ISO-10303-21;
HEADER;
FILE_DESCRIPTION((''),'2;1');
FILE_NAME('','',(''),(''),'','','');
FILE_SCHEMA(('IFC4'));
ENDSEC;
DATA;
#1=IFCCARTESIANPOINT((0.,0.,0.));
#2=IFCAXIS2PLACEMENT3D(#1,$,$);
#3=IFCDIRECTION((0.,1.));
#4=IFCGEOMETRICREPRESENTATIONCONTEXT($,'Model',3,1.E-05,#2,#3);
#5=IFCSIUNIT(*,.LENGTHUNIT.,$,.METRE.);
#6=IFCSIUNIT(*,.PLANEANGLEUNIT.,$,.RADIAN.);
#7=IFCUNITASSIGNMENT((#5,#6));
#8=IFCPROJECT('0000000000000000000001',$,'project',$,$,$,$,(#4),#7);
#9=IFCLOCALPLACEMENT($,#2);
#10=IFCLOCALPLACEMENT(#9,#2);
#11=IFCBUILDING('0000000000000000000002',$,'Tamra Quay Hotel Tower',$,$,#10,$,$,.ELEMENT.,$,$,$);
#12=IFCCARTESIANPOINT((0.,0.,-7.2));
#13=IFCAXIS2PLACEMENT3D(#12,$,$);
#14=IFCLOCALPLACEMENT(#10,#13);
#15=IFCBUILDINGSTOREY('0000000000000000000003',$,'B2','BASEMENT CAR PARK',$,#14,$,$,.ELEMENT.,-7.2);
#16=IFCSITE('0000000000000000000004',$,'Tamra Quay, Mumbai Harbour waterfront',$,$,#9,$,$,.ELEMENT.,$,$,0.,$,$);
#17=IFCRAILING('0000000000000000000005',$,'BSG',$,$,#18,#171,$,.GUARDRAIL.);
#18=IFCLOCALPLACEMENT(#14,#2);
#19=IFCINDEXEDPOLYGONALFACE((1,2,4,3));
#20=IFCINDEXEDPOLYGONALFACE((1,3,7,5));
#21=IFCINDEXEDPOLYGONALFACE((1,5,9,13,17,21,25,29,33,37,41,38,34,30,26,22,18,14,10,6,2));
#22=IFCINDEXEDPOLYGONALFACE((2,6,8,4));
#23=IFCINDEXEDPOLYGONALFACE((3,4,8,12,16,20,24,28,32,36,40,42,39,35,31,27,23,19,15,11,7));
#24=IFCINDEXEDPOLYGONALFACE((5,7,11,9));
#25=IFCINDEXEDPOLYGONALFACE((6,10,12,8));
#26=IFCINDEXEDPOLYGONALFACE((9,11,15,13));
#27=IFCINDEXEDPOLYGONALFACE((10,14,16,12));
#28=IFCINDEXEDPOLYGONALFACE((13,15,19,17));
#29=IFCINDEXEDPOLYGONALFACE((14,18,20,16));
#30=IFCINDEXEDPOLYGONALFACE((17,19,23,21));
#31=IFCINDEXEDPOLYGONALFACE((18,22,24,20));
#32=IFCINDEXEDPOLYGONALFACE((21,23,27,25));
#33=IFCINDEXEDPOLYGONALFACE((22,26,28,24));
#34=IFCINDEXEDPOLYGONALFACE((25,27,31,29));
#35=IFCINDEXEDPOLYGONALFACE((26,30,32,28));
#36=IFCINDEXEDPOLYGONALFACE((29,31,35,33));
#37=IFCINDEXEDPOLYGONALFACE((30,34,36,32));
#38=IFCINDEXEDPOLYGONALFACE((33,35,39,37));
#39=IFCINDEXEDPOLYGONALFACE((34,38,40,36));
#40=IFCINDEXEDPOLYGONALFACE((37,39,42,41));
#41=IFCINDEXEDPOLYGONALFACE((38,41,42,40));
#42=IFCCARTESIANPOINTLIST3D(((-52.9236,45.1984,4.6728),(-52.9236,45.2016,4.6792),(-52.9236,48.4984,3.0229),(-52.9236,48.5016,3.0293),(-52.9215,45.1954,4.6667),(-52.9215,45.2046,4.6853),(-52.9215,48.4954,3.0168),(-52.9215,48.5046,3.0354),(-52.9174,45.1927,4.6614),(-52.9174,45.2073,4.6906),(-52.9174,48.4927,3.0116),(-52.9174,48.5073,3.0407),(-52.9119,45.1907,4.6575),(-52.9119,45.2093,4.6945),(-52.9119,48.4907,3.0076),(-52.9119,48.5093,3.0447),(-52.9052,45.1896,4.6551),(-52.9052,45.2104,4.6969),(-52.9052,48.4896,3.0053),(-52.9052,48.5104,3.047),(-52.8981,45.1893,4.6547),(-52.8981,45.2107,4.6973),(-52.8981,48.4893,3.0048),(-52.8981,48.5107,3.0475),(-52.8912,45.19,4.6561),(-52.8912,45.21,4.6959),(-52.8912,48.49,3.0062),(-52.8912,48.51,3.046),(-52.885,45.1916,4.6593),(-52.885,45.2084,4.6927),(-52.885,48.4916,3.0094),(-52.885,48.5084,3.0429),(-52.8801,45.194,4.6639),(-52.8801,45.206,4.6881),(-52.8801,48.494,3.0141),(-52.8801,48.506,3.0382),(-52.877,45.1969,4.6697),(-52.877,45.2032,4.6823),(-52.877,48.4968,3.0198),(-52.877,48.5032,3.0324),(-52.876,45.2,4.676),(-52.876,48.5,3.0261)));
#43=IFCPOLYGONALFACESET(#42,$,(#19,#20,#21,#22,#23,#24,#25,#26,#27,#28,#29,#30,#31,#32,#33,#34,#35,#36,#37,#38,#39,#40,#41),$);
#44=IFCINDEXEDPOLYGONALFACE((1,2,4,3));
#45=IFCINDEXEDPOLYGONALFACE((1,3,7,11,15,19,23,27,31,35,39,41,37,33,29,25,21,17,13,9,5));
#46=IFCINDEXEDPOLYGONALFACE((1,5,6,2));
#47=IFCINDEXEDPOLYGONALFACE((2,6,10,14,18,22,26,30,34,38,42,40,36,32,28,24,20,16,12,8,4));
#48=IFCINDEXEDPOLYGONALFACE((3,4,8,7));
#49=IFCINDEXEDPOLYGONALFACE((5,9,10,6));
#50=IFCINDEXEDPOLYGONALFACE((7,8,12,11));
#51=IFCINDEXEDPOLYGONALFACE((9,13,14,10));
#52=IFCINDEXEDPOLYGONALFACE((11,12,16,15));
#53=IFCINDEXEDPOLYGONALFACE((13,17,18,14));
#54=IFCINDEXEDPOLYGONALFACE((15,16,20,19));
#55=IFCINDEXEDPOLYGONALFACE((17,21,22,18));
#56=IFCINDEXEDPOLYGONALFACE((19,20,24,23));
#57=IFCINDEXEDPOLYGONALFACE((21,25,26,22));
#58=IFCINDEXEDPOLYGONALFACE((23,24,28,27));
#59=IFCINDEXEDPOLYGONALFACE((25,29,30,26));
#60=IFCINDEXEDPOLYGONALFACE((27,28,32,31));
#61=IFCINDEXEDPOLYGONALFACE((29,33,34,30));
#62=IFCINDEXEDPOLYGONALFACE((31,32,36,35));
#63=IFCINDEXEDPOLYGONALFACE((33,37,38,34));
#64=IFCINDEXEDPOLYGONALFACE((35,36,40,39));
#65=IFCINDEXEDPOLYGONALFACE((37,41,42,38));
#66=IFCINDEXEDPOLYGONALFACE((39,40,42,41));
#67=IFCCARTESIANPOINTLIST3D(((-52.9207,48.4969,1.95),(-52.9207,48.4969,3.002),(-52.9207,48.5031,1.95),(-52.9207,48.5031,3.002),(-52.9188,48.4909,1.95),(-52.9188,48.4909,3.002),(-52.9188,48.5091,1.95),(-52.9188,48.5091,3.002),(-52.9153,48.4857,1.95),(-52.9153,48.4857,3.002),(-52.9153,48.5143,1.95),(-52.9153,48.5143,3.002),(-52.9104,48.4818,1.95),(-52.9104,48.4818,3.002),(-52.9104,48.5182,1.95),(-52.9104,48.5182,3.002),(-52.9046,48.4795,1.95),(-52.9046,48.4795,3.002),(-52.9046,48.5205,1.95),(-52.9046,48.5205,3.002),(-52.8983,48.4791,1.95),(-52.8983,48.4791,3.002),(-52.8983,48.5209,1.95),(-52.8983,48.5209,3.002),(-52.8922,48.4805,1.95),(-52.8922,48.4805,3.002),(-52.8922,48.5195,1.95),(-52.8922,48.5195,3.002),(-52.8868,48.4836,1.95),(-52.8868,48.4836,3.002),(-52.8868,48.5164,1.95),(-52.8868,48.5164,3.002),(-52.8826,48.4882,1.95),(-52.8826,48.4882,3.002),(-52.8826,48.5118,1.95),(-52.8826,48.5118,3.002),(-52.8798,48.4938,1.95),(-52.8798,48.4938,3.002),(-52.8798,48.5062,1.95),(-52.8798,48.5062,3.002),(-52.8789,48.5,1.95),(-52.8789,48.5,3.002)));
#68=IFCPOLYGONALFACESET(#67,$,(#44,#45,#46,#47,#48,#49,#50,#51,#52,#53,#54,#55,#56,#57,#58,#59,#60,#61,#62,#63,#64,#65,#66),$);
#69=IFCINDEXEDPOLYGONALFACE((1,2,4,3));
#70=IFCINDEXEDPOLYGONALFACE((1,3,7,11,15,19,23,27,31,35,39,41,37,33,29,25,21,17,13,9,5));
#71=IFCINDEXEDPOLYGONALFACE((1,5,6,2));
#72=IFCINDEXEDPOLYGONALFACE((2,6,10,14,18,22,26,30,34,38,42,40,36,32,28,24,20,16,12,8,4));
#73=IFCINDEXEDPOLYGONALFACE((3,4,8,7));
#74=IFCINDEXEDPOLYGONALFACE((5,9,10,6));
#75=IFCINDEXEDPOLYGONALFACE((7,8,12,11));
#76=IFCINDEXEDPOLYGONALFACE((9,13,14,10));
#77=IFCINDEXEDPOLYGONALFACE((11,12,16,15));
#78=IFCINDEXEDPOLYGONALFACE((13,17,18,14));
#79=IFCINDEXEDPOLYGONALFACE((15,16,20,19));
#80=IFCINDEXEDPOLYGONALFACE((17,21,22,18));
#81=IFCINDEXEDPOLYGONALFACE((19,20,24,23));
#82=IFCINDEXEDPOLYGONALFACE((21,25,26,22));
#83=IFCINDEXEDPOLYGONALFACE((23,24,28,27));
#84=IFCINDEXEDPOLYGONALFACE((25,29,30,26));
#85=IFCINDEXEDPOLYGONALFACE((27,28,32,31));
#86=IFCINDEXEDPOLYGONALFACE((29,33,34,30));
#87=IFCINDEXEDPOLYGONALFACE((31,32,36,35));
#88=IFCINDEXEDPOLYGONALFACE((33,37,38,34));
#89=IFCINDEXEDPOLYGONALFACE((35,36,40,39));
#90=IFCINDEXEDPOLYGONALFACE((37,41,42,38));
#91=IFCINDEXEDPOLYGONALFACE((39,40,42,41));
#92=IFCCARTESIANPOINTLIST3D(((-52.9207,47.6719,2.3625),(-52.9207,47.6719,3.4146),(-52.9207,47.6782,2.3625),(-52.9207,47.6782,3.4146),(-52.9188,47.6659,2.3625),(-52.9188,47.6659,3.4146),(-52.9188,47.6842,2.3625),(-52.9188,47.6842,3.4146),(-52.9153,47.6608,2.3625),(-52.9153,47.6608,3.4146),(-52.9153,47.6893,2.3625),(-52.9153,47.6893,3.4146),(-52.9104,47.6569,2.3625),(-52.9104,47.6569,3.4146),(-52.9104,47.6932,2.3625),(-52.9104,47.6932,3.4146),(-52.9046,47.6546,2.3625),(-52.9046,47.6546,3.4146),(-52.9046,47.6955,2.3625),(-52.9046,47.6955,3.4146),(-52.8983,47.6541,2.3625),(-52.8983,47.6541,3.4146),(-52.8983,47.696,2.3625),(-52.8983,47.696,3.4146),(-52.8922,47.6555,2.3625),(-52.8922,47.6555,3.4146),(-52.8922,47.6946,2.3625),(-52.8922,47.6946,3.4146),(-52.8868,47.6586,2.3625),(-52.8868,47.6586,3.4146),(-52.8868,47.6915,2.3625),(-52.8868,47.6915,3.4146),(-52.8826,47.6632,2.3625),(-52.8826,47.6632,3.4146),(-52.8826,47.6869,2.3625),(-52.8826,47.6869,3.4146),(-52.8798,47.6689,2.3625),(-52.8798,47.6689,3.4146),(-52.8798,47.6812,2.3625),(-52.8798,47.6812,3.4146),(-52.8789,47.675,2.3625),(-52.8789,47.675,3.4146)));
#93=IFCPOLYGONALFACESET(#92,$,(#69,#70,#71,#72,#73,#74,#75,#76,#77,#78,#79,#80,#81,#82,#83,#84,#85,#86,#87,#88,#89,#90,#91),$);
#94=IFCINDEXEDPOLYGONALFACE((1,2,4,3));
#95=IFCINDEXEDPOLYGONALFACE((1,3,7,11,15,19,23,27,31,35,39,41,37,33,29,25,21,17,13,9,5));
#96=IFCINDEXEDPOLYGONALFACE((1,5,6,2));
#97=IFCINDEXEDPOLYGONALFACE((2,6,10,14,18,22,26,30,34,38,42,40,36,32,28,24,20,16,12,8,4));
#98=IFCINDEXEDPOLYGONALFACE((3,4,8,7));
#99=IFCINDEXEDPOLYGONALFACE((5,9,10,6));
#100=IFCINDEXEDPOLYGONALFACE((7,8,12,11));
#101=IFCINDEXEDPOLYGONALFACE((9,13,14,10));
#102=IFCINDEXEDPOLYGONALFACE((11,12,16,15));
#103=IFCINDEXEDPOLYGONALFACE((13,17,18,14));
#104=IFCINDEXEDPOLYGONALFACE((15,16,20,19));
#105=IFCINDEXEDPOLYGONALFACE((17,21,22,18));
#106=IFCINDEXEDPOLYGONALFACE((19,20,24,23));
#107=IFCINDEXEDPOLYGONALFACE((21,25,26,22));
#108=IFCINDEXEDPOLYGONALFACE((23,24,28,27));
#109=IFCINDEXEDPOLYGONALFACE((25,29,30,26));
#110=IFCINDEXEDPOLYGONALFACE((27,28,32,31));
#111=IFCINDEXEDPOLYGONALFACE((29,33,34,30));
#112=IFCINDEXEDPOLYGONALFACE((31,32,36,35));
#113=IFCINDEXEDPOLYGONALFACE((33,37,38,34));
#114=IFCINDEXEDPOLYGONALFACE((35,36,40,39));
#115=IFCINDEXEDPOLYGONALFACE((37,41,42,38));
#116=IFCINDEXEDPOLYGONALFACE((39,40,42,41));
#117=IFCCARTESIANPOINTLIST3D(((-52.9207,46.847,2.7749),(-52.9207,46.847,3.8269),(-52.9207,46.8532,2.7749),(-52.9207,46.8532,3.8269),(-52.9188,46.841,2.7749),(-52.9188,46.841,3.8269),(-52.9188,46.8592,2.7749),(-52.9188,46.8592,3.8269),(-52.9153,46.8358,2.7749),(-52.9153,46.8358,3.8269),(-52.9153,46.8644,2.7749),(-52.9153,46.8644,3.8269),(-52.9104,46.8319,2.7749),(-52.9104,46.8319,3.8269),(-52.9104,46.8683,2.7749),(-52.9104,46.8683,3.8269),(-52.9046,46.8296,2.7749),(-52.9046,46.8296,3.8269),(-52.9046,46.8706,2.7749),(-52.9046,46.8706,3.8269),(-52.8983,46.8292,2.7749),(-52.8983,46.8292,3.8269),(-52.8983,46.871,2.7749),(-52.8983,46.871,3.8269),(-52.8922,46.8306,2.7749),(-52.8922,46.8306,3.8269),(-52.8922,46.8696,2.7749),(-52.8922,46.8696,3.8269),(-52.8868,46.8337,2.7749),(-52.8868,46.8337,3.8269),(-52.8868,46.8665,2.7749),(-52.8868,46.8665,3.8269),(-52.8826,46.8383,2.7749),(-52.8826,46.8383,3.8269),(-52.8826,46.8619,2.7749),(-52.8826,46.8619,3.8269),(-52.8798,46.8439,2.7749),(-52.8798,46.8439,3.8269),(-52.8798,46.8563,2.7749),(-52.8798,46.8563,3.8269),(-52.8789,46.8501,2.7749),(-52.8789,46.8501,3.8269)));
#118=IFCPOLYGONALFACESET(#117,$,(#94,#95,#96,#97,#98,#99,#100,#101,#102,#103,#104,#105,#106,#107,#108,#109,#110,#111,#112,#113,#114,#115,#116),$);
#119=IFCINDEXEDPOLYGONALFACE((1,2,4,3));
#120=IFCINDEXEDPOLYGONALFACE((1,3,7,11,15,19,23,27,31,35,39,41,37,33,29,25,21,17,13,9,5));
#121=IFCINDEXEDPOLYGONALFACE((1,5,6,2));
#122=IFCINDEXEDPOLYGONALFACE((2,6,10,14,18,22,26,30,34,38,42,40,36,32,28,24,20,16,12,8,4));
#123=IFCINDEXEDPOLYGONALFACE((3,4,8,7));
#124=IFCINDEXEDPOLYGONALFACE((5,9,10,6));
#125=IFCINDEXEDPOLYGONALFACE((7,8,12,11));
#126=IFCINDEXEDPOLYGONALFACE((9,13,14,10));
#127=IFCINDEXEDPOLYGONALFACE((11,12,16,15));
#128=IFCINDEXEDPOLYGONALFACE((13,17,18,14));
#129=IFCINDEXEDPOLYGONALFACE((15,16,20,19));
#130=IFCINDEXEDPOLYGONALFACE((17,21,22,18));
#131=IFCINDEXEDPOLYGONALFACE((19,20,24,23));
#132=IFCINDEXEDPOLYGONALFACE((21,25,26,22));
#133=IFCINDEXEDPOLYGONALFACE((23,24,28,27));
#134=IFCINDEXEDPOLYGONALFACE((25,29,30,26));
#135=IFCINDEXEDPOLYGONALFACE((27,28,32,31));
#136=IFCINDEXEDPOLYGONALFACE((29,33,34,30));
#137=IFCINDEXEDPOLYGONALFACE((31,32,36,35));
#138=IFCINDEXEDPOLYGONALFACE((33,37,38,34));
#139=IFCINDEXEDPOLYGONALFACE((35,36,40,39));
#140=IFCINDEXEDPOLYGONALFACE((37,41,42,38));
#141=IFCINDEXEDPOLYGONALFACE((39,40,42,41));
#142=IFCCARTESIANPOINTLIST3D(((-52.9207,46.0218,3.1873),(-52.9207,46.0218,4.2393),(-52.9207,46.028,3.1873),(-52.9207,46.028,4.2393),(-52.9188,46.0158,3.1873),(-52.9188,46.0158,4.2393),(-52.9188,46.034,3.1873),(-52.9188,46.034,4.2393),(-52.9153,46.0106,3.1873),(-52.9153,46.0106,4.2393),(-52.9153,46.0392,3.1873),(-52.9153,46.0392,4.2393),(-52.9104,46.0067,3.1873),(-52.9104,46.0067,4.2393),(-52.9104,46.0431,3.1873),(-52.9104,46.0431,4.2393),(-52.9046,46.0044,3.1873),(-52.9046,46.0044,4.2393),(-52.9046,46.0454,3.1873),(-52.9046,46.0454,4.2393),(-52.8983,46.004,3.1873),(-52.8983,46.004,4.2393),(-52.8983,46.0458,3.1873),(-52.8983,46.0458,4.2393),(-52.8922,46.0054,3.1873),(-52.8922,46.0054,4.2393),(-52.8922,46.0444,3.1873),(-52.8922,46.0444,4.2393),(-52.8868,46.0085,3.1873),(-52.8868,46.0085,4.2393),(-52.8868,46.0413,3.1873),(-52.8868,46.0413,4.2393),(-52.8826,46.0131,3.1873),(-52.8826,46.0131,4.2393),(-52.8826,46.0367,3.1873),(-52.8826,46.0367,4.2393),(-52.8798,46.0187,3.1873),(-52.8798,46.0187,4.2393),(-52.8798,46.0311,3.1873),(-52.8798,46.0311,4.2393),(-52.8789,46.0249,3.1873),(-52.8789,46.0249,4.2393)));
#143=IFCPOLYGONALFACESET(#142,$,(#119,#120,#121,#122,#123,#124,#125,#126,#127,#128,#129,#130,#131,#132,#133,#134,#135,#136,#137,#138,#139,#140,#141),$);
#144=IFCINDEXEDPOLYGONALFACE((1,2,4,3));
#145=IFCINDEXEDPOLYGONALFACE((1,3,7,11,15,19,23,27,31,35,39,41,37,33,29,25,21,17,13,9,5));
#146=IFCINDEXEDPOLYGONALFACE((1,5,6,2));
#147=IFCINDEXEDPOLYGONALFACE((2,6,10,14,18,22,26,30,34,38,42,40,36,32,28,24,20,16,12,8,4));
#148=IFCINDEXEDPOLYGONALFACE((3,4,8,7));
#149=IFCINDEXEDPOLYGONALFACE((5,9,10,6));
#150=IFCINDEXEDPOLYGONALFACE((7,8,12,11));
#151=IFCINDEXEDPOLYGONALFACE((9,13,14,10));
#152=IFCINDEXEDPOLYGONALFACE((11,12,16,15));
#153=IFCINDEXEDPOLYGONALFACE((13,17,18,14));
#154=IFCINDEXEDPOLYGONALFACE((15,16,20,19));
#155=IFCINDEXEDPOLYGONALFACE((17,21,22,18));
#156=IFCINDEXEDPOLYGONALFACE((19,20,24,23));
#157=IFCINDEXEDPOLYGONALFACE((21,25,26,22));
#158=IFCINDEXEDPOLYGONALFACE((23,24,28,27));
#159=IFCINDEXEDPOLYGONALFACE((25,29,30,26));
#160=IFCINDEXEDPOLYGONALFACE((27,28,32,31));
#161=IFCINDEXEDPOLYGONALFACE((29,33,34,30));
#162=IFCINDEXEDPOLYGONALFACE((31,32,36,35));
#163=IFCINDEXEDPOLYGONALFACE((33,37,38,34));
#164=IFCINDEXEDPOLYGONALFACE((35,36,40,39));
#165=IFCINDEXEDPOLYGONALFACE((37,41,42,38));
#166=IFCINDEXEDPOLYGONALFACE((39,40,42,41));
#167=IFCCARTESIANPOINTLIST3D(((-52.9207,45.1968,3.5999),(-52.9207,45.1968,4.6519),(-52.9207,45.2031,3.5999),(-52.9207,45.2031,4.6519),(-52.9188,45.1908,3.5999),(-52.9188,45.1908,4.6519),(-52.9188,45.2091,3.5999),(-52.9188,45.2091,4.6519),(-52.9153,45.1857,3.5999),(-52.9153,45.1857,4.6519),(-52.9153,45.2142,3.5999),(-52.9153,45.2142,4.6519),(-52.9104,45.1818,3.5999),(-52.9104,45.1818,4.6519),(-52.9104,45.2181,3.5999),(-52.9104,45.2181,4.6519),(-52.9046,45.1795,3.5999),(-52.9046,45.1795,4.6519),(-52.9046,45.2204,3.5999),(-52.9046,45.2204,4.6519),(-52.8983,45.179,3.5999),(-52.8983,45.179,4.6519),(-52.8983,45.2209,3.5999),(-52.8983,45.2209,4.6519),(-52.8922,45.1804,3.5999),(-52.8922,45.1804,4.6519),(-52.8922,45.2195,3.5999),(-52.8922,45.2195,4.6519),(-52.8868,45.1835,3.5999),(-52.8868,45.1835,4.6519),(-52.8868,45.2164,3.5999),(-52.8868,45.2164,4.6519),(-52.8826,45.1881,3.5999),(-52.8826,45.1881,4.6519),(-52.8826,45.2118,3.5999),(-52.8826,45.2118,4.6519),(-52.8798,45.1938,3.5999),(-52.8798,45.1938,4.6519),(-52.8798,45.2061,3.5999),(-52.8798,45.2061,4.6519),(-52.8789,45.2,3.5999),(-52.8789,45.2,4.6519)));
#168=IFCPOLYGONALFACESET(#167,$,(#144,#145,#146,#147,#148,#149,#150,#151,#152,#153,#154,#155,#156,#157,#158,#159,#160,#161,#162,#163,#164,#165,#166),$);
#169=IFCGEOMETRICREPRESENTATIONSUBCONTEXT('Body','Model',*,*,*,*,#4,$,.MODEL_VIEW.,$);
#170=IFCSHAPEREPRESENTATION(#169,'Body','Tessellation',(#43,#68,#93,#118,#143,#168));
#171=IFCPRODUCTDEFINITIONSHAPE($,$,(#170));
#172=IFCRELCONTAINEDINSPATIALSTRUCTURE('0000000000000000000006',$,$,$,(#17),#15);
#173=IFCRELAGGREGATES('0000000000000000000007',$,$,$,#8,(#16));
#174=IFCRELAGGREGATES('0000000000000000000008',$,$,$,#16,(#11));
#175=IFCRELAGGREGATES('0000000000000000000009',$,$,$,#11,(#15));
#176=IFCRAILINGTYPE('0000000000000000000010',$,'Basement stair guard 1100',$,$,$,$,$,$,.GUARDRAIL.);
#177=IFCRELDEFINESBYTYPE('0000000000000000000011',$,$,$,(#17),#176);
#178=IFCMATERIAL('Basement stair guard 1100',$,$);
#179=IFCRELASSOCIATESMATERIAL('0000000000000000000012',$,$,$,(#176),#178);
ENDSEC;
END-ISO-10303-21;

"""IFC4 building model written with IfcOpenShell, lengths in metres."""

from ifc_helpers import new_model, si_unit, direction, frame, origin, origin_2d, place, context, subcontext, project, spatial, circle, extrude, material, type_object, element, save


model = new_model("IFC4")

# Units and contexts
model_context = context("Model", 3, precision=1e-05, world=origin(), true_north=direction((0.0, 1.0)))
body_context = subcontext(model_context, "Body", "Model", "MODEL_VIEW")
ifc_project = project(units=[si_unit("LENGTHUNIT", "METRE"), si_unit("PLANEANGLEUNIT", "RADIAN")], contexts=[model_context])

# Site, building, storey
site_placement = place(None, origin())
site = spatial("IfcSite", under=ifc_project, at=site_placement, Name="Tamra Quay, Mumbai Harbour waterfront", CompositionType="ELEMENT", RefElevation=0.0)
building_placement = place(site_placement, origin())
building = spatial("IfcBuilding", under=site, at=building_placement, Name="Tamra Quay Hotel Tower", CompositionType="ELEMENT")
storey_placement = place(building_placement, frame((0.0, 0.0, -7.2)))
storey = spatial("IfcBuildingStorey", under=building, at=storey_placement, Name="B2", Description="BASEMENT CAR PARK", CompositionType="ELEMENT", Elevation=-7.2)

# Railing
ifc_material_1 = material(Name="Basement stair guard 1100")
railing_type_1 = type_object("IfcRailingType", Name="Basement stair guard 1100", PredefinedType="GUARDRAIL", material=ifc_material_1)
railing_1_placement = place(storey_placement, frame((-52.8999, 48.5, 1.95)))
element("IfcRailing", 1, at=railing_1_placement, inside=storey, type_object=railing_type_1, Name="BSG", PredefinedType="GUARDRAIL", context=body_context, shape_type="SweptSolid", body=[
    extrude(circle(Radius=0.0239, at=origin_2d()), frame((0.0, 0.0, 1.0762), z_axis=(0.0, -0.89444, 0.447187), x_axis=(1.0, 0.0, 0.0)), (0.0, 0.0, 1.0), 3.6895),
    extrude(circle(Radius=0.021, at=origin_2d()), origin(), (0.0, 0.0, 1.0), 1.052),
    extrude(circle(Radius=0.021, at=origin_2d()), frame((0.0, -0.825, 0.4126)), (0.0, 0.0, 1.0), 1.052),
    extrude(circle(Radius=0.021, at=origin_2d()), frame((0.0, -1.6499, 0.825)), (0.0, 0.0, 1.0), 1.052),
    extrude(circle(Radius=0.021, at=origin_2d()), frame((0.0, -2.4751, 1.2373)), (0.0, 0.0, 1.0), 1.052),
    extrude(circle(Radius=0.021, at=origin_2d()), frame((0.0, -3.3, 1.6499)), (0.0, 0.0, 1.0), 1.052),
])

save(model, "model.ifc")
